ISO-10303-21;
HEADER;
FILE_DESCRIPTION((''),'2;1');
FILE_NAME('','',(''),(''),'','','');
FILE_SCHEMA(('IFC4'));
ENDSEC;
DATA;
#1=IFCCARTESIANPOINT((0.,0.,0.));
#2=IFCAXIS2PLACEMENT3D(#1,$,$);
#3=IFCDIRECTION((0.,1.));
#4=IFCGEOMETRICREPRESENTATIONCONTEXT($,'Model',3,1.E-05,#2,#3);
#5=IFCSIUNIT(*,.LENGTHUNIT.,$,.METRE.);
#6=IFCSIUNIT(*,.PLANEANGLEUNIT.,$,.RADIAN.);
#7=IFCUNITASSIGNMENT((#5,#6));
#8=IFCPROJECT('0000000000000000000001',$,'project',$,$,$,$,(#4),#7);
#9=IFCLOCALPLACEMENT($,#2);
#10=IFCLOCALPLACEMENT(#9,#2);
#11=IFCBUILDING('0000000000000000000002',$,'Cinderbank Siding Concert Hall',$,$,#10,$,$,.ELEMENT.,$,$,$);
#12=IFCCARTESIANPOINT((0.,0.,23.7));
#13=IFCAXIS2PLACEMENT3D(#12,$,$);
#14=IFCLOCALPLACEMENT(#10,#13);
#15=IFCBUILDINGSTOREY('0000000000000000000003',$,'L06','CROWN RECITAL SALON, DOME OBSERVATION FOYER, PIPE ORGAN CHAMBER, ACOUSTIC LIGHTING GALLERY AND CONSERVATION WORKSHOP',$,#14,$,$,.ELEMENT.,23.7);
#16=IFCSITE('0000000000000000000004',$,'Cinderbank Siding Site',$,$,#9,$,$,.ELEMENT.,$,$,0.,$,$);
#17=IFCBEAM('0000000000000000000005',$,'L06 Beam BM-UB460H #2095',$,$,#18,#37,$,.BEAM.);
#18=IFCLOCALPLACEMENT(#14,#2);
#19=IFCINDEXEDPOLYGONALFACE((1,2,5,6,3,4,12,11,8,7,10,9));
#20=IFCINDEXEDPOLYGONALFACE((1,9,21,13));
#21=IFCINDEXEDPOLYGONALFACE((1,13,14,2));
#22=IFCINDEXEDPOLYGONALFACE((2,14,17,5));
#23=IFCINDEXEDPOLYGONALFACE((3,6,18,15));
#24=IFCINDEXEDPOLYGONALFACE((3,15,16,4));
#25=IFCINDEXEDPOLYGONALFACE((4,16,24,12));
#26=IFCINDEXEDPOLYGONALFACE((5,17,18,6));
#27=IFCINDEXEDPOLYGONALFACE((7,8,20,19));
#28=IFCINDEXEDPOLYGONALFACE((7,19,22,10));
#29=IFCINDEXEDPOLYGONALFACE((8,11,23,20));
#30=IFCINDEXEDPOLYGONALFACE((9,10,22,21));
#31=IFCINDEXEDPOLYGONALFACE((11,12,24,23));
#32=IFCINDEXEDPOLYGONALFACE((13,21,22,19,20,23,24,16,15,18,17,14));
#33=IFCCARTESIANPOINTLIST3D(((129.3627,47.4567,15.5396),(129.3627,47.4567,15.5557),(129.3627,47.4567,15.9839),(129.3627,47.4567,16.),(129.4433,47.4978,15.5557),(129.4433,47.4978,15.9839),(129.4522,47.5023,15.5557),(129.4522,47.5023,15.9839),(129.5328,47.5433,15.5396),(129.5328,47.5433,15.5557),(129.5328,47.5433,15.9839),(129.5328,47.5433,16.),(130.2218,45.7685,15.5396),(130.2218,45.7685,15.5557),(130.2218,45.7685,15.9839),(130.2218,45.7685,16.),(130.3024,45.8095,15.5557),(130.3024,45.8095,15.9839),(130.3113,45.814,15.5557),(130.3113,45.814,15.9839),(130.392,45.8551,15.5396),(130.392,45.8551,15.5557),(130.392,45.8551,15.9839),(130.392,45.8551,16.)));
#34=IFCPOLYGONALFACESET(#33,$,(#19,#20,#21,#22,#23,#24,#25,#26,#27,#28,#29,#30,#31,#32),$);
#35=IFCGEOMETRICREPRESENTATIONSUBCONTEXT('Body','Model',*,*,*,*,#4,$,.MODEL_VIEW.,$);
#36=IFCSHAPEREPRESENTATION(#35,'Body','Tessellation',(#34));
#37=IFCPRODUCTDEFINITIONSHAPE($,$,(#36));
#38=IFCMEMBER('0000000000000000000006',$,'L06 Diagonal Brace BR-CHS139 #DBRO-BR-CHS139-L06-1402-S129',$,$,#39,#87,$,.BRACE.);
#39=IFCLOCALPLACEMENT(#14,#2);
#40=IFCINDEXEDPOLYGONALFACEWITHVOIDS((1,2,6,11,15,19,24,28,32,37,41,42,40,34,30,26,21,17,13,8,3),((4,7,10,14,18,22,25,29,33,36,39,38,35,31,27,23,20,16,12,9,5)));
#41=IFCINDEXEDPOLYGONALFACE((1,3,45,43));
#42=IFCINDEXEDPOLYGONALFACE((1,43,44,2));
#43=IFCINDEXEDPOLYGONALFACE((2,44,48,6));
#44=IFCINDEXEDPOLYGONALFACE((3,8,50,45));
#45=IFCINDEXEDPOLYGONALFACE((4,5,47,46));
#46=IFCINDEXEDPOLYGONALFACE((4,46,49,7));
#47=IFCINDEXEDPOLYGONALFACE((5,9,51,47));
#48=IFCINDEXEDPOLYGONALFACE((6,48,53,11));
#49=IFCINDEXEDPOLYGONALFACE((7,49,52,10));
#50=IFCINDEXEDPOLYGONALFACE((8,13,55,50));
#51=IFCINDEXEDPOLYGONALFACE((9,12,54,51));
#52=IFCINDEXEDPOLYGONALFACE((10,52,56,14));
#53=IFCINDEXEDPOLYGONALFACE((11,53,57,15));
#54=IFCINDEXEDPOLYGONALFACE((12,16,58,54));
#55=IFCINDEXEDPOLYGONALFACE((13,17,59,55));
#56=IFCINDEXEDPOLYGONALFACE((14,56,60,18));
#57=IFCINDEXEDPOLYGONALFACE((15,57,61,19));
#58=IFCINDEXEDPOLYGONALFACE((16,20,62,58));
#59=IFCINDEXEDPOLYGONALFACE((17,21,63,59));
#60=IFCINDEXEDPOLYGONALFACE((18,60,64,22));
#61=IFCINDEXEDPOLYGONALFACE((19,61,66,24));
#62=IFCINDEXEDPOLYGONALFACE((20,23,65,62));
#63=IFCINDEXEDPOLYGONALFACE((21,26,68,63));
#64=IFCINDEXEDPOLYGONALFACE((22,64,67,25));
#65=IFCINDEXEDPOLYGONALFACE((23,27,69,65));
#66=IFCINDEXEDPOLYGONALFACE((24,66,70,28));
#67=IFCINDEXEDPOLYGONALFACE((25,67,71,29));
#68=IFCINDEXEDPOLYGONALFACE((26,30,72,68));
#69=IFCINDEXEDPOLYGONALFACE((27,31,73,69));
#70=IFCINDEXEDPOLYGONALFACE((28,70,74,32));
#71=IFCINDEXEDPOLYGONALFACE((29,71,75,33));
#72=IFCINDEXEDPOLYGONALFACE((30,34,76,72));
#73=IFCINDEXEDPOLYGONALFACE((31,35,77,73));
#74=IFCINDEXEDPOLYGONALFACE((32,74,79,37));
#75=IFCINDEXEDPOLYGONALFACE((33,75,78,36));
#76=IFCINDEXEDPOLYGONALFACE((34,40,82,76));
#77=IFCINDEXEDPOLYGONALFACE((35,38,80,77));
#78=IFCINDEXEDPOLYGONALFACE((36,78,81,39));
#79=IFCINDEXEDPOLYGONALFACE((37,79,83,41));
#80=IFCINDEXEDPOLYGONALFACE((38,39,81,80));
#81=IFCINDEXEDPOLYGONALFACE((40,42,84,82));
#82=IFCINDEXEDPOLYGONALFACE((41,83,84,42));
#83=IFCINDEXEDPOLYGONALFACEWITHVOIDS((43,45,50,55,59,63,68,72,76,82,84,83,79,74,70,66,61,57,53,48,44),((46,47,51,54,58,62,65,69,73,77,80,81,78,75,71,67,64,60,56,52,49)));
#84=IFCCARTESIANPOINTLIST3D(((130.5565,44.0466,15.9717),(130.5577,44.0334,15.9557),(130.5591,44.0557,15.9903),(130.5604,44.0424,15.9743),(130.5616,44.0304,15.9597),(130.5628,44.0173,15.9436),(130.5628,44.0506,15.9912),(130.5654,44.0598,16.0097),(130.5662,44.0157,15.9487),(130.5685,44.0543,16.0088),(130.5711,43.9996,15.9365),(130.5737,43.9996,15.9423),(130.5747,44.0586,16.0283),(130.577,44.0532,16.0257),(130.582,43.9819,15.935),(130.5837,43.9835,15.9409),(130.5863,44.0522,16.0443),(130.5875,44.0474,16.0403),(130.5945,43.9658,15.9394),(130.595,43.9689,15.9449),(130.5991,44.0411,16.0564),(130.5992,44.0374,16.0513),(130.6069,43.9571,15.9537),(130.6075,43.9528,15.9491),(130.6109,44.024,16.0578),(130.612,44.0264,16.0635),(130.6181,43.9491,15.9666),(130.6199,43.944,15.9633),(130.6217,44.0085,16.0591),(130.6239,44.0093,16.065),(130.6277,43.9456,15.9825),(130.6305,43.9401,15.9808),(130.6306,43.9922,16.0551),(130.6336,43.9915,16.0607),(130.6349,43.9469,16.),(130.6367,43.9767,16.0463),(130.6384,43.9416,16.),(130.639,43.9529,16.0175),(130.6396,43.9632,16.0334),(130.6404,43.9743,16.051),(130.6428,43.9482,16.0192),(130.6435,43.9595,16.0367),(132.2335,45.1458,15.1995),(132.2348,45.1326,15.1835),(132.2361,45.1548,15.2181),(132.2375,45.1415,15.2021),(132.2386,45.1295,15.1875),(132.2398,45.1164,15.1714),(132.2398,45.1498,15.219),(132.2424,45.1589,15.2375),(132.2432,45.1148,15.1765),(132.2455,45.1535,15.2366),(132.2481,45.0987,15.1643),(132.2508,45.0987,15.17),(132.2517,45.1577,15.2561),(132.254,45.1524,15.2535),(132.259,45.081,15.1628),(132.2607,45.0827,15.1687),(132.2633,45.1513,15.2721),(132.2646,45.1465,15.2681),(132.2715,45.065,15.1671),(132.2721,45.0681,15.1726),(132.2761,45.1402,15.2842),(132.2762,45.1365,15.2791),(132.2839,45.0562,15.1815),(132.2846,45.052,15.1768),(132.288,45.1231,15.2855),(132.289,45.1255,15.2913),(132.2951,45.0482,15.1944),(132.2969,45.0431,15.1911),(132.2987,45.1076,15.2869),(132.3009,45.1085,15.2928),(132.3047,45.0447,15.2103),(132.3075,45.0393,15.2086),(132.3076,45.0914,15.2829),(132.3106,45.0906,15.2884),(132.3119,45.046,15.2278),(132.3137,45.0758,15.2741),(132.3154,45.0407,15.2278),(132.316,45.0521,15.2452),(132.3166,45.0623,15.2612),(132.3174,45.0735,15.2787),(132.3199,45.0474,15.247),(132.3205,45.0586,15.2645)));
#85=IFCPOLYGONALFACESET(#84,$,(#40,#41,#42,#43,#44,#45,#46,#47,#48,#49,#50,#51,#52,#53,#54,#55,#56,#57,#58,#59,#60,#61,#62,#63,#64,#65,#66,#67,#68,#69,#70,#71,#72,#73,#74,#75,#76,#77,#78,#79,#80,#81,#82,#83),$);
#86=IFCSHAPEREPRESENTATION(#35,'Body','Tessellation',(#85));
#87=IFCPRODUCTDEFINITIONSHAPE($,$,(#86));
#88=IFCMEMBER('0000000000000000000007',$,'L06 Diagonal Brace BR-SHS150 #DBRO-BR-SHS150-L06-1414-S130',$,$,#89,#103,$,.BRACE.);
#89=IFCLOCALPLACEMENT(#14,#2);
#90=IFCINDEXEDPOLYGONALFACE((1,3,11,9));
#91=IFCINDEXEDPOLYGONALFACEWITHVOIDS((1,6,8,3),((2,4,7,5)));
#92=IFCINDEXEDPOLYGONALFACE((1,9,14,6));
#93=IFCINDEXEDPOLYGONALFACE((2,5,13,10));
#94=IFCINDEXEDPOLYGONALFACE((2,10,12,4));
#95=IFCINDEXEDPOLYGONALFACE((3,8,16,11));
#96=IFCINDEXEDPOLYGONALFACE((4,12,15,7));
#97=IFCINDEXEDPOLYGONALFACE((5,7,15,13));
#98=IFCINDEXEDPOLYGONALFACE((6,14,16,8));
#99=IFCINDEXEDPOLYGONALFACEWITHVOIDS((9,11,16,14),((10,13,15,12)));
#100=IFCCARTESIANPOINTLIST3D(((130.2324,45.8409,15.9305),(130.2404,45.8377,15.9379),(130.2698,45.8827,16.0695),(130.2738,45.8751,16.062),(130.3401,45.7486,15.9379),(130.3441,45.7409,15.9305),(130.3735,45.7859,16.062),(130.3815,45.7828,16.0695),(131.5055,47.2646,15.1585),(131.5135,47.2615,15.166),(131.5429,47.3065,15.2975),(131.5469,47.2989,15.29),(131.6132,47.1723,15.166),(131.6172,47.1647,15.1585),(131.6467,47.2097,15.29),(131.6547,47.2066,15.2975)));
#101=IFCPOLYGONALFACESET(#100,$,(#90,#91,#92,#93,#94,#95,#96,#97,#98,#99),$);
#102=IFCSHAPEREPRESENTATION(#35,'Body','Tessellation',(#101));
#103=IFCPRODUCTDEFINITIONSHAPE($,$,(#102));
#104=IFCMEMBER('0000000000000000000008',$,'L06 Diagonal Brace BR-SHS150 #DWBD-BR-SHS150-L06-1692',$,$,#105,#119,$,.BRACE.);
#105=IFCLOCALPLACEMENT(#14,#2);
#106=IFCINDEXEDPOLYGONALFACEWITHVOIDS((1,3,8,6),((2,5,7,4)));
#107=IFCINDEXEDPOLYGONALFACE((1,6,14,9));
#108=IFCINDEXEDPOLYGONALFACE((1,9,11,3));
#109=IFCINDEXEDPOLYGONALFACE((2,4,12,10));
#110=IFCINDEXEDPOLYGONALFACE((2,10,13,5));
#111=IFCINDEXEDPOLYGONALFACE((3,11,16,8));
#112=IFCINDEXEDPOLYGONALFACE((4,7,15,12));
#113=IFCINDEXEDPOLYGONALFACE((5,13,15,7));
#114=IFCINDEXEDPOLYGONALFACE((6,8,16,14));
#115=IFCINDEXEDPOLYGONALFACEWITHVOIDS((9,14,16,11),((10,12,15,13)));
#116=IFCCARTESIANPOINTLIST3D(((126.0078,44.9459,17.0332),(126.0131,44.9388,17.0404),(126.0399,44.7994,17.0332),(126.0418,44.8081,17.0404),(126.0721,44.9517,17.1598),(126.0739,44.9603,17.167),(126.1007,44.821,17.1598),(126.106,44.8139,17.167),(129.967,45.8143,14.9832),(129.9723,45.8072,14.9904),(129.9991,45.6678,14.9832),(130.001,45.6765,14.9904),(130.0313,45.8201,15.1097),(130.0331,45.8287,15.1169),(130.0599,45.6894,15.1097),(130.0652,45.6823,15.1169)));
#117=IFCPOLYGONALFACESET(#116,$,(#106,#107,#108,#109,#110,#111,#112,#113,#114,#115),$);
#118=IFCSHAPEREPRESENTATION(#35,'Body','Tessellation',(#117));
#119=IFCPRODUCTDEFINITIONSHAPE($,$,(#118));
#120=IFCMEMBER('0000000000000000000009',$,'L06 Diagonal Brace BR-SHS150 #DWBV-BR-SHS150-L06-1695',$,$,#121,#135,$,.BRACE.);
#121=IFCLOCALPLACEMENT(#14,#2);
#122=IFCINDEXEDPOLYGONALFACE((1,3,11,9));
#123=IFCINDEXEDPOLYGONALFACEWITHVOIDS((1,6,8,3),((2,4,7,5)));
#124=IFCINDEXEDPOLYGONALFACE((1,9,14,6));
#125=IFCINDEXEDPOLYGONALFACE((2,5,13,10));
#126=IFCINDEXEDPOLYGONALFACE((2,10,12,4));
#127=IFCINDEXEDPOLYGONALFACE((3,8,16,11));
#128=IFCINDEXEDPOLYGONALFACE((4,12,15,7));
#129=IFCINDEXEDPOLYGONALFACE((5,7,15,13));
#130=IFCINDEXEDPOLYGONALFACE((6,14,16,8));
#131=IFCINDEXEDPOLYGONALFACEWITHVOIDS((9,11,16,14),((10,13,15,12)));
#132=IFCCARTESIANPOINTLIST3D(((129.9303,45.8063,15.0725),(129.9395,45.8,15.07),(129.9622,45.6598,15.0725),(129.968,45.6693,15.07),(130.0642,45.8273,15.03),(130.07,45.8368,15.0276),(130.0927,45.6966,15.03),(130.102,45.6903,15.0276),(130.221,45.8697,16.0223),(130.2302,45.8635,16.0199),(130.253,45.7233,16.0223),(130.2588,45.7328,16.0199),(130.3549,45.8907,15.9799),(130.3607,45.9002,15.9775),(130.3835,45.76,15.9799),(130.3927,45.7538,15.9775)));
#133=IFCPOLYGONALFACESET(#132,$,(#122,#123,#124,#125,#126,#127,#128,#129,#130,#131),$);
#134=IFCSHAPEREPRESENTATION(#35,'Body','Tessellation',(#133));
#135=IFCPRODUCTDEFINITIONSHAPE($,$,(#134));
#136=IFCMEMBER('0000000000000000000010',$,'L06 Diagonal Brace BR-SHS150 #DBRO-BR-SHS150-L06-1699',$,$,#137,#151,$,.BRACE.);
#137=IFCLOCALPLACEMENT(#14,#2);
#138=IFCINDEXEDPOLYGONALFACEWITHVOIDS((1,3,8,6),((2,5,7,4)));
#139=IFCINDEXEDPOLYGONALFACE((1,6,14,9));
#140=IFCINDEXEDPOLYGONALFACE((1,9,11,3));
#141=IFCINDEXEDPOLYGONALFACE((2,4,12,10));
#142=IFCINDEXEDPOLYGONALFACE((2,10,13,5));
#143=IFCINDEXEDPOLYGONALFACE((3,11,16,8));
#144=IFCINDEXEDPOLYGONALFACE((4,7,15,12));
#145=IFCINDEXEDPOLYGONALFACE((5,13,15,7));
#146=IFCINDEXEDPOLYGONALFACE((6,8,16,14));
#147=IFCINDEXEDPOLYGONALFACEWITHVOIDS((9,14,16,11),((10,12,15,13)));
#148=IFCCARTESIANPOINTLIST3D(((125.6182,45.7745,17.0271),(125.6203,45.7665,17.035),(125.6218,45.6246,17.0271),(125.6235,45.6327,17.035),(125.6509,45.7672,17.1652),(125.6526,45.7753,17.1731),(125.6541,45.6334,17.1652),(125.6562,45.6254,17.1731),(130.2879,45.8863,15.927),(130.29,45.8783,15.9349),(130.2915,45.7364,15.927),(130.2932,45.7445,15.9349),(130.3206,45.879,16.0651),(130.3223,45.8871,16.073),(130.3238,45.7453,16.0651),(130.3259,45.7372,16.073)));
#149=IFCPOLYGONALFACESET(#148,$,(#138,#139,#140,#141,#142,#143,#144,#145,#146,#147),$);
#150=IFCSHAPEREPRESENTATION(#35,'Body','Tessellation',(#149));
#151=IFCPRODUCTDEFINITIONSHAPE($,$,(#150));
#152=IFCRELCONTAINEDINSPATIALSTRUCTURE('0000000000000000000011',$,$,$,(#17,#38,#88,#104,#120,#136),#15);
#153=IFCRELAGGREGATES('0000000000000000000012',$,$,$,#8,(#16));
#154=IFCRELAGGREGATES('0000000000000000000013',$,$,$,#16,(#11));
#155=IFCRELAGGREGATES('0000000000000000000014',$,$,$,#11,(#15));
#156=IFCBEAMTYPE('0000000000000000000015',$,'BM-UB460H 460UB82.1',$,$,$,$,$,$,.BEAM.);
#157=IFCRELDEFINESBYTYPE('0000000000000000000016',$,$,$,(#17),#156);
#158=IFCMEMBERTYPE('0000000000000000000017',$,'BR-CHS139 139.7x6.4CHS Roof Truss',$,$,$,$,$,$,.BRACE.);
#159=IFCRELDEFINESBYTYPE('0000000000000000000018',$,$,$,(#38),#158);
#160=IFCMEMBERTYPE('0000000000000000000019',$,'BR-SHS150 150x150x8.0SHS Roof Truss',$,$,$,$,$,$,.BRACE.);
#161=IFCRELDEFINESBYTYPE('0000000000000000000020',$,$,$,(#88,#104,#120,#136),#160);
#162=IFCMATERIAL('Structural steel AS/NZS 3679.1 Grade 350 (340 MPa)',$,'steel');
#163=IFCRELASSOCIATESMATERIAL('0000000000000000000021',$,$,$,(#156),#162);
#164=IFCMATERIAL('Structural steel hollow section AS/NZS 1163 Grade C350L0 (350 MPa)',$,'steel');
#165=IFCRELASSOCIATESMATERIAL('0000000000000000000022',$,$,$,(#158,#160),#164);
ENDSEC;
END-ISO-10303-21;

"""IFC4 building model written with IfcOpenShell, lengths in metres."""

from ifc_helpers import new_model, si_unit, direction, frame, origin, origin_2d, place, context, subcontext, project, spatial, hollow_rectangle, hollow_circle, i_section, extrude, material, material_profile, profile_set, type_object, element, save


model = new_model("IFC4")

# Units and contexts
model_context = context("Model", 3, precision=1e-05, world=origin(), true_north=direction((0.0, 1.0)))
body_context = subcontext(model_context, "Body", "Model", "MODEL_VIEW")
ifc_project = project(units=[si_unit("LENGTHUNIT", "METRE"), si_unit("PLANEANGLEUNIT", "RADIAN")], contexts=[model_context])

# Site, building, storey
site_placement = place(None, origin())
site = spatial("IfcSite", under=ifc_project, at=site_placement, Name="Cinderbank Siding Site", CompositionType="ELEMENT", RefElevation=0.0)
building_placement = place(site_placement, origin())
building = spatial("IfcBuilding", under=site, at=building_placement, Name="Cinderbank Siding Concert Hall", CompositionType="ELEMENT")
storey_placement = place(building_placement, frame((0.0, 0.0, 23.7)))
storey = spatial("IfcBuildingStorey", under=building, at=storey_placement, Name="L06", Description="CROWN RECITAL SALON, DOME OBSERVATION FOYER, PIPE ORGAN CHAMBER, ACOUSTIC LIGHTING GALLERY AND CONSERVATION WORKSHOP", CompositionType="ELEMENT", Elevation=23.7)

# Beam
ifc_material_1 = material(Name="Structural steel AS/NZS 3679.1 Grade 350 (340 MPa)", Category="steel")
ifc_material_profile_1 = material_profile(ifc_material_1, i_section(OverallWidth=0.1909, OverallDepth=0.4604, WebThickness=0.01, FlangeThickness=0.0161, at=origin_2d()), Name="460UB82.1", Category="LoadBearing")
ifc_profile_set_1 = profile_set([ifc_material_profile_1], Name="Structural steel AS/NZS 3679.1 Grade 350 (340 MPa)")
beam_type = type_object("IfcBeamType", Name="BM-UB460H 460UB82.1", PredefinedType="BEAM", material=ifc_profile_set_1)
beam_placement = place(storey_placement, frame((130.3069, 45.8118, 15.7698), z_axis=(-0.453543, 0.891234, 0.0), x_axis=(-0.891234, -0.453543, 0.0)))
element("IfcBeam", 1, at=beam_placement, inside=storey, type_object=beam_type, Name="L06 Beam BM-UB460H #2095", PredefinedType="BEAM", context=body_context, shape_type="SweptSolid", body=[
    extrude(i_section(OverallWidth=0.1909, OverallDepth=0.4604, WebThickness=0.01, FlangeThickness=0.0161, at=origin_2d()), origin(), (0.0, 0.0, 1.0), 1.8943),
])

# Members
ifc_material_2 = material(Name="Structural steel hollow section AS/NZS 1163 Grade C350L0 (350 MPa)", Category="steel")
ifc_material_profile_2 = material_profile(ifc_material_2, hollow_circle(Radius=0.0698, WallThickness=0.0063, at=origin_2d()), Name="139.7x6.4CHS", Category="LoadBearing")
ifc_profile_set_2 = profile_set([ifc_material_profile_2], Name="Structural steel hollow section AS/NZS 1163 Grade C350L0 (350 MPa)")
member_type_1 = type_object("IfcMemberType", Name="BR-CHS139 139.7x6.4CHS Roof Truss", PredefinedType="BRACE", material=ifc_profile_set_2)
member_1_placement = place(storey_placement, frame((132.2771, 45.0991, 15.2278), z_axis=(-0.780489, -0.511539, 0.359395), x_axis=(0.548164, -0.836371, 0.0)))
element("IfcMember", 2, at=member_1_placement, inside=storey, type_object=member_type_1, Name="L06 Diagonal Brace BR-CHS139 #DBRO-BR-CHS139-L06-1402-S129", PredefinedType="BRACE", context=body_context, shape_type="SweptSolid", body=[
    extrude(hollow_circle(Radius=0.0698, WallThickness=0.0063, at=origin_2d()), origin(), (0.0, 0.0, 1.0), 2.1487),
])
ifc_material_profile_3 = material_profile(ifc_material_2, hollow_rectangle(XDim=0.1499, YDim=0.1499, WallThickness=0.0081, at=origin_2d()), Name="150x150x8.0SHS", Category="LoadBearing")
ifc_profile_set_3 = profile_set([ifc_material_profile_3], Name="Structural steel hollow section AS/NZS 1163 Grade C350L0 (350 MPa)")
member_type_2 = type_object("IfcMemberType", Name="BR-SHS150 150x150x8.0SHS Roof Truss", PredefinedType="BRACE", material=ifc_profile_set_3)
member_2_placement = place(storey_placement, frame((131.5801, 47.2356, 15.228), z_axis=(-0.618008, -0.691126, 0.374715), x_axis=(0.745439, -0.666574, 0.0)))
element("IfcMember", 3, at=member_2_placement, inside=storey, type_object=member_type_2, Name="L06 Diagonal Brace BR-SHS150 #DBRO-BR-SHS150-L06-1414-S130", PredefinedType="BRACE", context=body_context, shape_type="SweptSolid", body=[
    extrude(hollow_rectangle(XDim=0.1499, YDim=0.1499, WallThickness=0.0081, at=origin_2d()), origin(), (0.0, 0.0, 1.0), 2.0601),
])
member_3_placement = place(storey_placement, frame((130.0161, 45.7483, 15.05), z_axis=(-0.871639, -0.191183, 0.451326), x_axis=(0.214245, -0.97678, 0.0)))
element("IfcMember", 4, at=member_3_placement, inside=storey, type_object=member_type_2, Name="L06 Diagonal Brace BR-SHS150 #DWBD-BR-SHS150-L06-1692", PredefinedType="BRACE", context=body_context, shape_type="SweptSolid", body=[
    extrude(hollow_rectangle(XDim=0.1499, YDim=0.1499, WallThickness=0.0081, at=origin_2d()), origin(), (0.0, 0.0, 1.0), 4.5422),
])
member_4_placement = place(storey_placement, frame((130.0161, 45.7483, 15.05), z_axis=(0.292091, 0.063765, 0.954262), x_axis=(-0.213281, 0.976991, 0.0)))
element("IfcMember", 5, at=member_4_placement, inside=storey, type_object=member_type_2, Name="L06 Diagonal Brace BR-SHS150 #DWBV-BR-SHS150-L06-1695", PredefinedType="BRACE", context=body_context, shape_type="SweptSolid", body=[
    extrude(hollow_rectangle(XDim=0.1499, YDim=0.1499, WallThickness=0.0081, at=origin_2d()), origin(), (0.0, 0.0, 1.0), 0.9954),
])
member_5_placement = place(storey_placement, frame((130.3069, 45.8118, 16.0), z_axis=(-0.97309, -0.023301, 0.229244), x_axis=(0.023938, -0.999713, 0.0)))
element("IfcMember", 6, at=member_5_placement, inside=storey, type_object=member_type_2, Name="L06 Diagonal Brace BR-SHS150 #DBRO-BR-SHS150-L06-1699", PredefinedType="BRACE", context=body_context, shape_type="SweptSolid", body=[
    extrude(hollow_rectangle(XDim=0.1499, YDim=0.1499, WallThickness=0.0081, at=origin_2d()), origin(), (0.0, 0.0, 1.0), 4.7988),
])

save(model, "model.ifc")
